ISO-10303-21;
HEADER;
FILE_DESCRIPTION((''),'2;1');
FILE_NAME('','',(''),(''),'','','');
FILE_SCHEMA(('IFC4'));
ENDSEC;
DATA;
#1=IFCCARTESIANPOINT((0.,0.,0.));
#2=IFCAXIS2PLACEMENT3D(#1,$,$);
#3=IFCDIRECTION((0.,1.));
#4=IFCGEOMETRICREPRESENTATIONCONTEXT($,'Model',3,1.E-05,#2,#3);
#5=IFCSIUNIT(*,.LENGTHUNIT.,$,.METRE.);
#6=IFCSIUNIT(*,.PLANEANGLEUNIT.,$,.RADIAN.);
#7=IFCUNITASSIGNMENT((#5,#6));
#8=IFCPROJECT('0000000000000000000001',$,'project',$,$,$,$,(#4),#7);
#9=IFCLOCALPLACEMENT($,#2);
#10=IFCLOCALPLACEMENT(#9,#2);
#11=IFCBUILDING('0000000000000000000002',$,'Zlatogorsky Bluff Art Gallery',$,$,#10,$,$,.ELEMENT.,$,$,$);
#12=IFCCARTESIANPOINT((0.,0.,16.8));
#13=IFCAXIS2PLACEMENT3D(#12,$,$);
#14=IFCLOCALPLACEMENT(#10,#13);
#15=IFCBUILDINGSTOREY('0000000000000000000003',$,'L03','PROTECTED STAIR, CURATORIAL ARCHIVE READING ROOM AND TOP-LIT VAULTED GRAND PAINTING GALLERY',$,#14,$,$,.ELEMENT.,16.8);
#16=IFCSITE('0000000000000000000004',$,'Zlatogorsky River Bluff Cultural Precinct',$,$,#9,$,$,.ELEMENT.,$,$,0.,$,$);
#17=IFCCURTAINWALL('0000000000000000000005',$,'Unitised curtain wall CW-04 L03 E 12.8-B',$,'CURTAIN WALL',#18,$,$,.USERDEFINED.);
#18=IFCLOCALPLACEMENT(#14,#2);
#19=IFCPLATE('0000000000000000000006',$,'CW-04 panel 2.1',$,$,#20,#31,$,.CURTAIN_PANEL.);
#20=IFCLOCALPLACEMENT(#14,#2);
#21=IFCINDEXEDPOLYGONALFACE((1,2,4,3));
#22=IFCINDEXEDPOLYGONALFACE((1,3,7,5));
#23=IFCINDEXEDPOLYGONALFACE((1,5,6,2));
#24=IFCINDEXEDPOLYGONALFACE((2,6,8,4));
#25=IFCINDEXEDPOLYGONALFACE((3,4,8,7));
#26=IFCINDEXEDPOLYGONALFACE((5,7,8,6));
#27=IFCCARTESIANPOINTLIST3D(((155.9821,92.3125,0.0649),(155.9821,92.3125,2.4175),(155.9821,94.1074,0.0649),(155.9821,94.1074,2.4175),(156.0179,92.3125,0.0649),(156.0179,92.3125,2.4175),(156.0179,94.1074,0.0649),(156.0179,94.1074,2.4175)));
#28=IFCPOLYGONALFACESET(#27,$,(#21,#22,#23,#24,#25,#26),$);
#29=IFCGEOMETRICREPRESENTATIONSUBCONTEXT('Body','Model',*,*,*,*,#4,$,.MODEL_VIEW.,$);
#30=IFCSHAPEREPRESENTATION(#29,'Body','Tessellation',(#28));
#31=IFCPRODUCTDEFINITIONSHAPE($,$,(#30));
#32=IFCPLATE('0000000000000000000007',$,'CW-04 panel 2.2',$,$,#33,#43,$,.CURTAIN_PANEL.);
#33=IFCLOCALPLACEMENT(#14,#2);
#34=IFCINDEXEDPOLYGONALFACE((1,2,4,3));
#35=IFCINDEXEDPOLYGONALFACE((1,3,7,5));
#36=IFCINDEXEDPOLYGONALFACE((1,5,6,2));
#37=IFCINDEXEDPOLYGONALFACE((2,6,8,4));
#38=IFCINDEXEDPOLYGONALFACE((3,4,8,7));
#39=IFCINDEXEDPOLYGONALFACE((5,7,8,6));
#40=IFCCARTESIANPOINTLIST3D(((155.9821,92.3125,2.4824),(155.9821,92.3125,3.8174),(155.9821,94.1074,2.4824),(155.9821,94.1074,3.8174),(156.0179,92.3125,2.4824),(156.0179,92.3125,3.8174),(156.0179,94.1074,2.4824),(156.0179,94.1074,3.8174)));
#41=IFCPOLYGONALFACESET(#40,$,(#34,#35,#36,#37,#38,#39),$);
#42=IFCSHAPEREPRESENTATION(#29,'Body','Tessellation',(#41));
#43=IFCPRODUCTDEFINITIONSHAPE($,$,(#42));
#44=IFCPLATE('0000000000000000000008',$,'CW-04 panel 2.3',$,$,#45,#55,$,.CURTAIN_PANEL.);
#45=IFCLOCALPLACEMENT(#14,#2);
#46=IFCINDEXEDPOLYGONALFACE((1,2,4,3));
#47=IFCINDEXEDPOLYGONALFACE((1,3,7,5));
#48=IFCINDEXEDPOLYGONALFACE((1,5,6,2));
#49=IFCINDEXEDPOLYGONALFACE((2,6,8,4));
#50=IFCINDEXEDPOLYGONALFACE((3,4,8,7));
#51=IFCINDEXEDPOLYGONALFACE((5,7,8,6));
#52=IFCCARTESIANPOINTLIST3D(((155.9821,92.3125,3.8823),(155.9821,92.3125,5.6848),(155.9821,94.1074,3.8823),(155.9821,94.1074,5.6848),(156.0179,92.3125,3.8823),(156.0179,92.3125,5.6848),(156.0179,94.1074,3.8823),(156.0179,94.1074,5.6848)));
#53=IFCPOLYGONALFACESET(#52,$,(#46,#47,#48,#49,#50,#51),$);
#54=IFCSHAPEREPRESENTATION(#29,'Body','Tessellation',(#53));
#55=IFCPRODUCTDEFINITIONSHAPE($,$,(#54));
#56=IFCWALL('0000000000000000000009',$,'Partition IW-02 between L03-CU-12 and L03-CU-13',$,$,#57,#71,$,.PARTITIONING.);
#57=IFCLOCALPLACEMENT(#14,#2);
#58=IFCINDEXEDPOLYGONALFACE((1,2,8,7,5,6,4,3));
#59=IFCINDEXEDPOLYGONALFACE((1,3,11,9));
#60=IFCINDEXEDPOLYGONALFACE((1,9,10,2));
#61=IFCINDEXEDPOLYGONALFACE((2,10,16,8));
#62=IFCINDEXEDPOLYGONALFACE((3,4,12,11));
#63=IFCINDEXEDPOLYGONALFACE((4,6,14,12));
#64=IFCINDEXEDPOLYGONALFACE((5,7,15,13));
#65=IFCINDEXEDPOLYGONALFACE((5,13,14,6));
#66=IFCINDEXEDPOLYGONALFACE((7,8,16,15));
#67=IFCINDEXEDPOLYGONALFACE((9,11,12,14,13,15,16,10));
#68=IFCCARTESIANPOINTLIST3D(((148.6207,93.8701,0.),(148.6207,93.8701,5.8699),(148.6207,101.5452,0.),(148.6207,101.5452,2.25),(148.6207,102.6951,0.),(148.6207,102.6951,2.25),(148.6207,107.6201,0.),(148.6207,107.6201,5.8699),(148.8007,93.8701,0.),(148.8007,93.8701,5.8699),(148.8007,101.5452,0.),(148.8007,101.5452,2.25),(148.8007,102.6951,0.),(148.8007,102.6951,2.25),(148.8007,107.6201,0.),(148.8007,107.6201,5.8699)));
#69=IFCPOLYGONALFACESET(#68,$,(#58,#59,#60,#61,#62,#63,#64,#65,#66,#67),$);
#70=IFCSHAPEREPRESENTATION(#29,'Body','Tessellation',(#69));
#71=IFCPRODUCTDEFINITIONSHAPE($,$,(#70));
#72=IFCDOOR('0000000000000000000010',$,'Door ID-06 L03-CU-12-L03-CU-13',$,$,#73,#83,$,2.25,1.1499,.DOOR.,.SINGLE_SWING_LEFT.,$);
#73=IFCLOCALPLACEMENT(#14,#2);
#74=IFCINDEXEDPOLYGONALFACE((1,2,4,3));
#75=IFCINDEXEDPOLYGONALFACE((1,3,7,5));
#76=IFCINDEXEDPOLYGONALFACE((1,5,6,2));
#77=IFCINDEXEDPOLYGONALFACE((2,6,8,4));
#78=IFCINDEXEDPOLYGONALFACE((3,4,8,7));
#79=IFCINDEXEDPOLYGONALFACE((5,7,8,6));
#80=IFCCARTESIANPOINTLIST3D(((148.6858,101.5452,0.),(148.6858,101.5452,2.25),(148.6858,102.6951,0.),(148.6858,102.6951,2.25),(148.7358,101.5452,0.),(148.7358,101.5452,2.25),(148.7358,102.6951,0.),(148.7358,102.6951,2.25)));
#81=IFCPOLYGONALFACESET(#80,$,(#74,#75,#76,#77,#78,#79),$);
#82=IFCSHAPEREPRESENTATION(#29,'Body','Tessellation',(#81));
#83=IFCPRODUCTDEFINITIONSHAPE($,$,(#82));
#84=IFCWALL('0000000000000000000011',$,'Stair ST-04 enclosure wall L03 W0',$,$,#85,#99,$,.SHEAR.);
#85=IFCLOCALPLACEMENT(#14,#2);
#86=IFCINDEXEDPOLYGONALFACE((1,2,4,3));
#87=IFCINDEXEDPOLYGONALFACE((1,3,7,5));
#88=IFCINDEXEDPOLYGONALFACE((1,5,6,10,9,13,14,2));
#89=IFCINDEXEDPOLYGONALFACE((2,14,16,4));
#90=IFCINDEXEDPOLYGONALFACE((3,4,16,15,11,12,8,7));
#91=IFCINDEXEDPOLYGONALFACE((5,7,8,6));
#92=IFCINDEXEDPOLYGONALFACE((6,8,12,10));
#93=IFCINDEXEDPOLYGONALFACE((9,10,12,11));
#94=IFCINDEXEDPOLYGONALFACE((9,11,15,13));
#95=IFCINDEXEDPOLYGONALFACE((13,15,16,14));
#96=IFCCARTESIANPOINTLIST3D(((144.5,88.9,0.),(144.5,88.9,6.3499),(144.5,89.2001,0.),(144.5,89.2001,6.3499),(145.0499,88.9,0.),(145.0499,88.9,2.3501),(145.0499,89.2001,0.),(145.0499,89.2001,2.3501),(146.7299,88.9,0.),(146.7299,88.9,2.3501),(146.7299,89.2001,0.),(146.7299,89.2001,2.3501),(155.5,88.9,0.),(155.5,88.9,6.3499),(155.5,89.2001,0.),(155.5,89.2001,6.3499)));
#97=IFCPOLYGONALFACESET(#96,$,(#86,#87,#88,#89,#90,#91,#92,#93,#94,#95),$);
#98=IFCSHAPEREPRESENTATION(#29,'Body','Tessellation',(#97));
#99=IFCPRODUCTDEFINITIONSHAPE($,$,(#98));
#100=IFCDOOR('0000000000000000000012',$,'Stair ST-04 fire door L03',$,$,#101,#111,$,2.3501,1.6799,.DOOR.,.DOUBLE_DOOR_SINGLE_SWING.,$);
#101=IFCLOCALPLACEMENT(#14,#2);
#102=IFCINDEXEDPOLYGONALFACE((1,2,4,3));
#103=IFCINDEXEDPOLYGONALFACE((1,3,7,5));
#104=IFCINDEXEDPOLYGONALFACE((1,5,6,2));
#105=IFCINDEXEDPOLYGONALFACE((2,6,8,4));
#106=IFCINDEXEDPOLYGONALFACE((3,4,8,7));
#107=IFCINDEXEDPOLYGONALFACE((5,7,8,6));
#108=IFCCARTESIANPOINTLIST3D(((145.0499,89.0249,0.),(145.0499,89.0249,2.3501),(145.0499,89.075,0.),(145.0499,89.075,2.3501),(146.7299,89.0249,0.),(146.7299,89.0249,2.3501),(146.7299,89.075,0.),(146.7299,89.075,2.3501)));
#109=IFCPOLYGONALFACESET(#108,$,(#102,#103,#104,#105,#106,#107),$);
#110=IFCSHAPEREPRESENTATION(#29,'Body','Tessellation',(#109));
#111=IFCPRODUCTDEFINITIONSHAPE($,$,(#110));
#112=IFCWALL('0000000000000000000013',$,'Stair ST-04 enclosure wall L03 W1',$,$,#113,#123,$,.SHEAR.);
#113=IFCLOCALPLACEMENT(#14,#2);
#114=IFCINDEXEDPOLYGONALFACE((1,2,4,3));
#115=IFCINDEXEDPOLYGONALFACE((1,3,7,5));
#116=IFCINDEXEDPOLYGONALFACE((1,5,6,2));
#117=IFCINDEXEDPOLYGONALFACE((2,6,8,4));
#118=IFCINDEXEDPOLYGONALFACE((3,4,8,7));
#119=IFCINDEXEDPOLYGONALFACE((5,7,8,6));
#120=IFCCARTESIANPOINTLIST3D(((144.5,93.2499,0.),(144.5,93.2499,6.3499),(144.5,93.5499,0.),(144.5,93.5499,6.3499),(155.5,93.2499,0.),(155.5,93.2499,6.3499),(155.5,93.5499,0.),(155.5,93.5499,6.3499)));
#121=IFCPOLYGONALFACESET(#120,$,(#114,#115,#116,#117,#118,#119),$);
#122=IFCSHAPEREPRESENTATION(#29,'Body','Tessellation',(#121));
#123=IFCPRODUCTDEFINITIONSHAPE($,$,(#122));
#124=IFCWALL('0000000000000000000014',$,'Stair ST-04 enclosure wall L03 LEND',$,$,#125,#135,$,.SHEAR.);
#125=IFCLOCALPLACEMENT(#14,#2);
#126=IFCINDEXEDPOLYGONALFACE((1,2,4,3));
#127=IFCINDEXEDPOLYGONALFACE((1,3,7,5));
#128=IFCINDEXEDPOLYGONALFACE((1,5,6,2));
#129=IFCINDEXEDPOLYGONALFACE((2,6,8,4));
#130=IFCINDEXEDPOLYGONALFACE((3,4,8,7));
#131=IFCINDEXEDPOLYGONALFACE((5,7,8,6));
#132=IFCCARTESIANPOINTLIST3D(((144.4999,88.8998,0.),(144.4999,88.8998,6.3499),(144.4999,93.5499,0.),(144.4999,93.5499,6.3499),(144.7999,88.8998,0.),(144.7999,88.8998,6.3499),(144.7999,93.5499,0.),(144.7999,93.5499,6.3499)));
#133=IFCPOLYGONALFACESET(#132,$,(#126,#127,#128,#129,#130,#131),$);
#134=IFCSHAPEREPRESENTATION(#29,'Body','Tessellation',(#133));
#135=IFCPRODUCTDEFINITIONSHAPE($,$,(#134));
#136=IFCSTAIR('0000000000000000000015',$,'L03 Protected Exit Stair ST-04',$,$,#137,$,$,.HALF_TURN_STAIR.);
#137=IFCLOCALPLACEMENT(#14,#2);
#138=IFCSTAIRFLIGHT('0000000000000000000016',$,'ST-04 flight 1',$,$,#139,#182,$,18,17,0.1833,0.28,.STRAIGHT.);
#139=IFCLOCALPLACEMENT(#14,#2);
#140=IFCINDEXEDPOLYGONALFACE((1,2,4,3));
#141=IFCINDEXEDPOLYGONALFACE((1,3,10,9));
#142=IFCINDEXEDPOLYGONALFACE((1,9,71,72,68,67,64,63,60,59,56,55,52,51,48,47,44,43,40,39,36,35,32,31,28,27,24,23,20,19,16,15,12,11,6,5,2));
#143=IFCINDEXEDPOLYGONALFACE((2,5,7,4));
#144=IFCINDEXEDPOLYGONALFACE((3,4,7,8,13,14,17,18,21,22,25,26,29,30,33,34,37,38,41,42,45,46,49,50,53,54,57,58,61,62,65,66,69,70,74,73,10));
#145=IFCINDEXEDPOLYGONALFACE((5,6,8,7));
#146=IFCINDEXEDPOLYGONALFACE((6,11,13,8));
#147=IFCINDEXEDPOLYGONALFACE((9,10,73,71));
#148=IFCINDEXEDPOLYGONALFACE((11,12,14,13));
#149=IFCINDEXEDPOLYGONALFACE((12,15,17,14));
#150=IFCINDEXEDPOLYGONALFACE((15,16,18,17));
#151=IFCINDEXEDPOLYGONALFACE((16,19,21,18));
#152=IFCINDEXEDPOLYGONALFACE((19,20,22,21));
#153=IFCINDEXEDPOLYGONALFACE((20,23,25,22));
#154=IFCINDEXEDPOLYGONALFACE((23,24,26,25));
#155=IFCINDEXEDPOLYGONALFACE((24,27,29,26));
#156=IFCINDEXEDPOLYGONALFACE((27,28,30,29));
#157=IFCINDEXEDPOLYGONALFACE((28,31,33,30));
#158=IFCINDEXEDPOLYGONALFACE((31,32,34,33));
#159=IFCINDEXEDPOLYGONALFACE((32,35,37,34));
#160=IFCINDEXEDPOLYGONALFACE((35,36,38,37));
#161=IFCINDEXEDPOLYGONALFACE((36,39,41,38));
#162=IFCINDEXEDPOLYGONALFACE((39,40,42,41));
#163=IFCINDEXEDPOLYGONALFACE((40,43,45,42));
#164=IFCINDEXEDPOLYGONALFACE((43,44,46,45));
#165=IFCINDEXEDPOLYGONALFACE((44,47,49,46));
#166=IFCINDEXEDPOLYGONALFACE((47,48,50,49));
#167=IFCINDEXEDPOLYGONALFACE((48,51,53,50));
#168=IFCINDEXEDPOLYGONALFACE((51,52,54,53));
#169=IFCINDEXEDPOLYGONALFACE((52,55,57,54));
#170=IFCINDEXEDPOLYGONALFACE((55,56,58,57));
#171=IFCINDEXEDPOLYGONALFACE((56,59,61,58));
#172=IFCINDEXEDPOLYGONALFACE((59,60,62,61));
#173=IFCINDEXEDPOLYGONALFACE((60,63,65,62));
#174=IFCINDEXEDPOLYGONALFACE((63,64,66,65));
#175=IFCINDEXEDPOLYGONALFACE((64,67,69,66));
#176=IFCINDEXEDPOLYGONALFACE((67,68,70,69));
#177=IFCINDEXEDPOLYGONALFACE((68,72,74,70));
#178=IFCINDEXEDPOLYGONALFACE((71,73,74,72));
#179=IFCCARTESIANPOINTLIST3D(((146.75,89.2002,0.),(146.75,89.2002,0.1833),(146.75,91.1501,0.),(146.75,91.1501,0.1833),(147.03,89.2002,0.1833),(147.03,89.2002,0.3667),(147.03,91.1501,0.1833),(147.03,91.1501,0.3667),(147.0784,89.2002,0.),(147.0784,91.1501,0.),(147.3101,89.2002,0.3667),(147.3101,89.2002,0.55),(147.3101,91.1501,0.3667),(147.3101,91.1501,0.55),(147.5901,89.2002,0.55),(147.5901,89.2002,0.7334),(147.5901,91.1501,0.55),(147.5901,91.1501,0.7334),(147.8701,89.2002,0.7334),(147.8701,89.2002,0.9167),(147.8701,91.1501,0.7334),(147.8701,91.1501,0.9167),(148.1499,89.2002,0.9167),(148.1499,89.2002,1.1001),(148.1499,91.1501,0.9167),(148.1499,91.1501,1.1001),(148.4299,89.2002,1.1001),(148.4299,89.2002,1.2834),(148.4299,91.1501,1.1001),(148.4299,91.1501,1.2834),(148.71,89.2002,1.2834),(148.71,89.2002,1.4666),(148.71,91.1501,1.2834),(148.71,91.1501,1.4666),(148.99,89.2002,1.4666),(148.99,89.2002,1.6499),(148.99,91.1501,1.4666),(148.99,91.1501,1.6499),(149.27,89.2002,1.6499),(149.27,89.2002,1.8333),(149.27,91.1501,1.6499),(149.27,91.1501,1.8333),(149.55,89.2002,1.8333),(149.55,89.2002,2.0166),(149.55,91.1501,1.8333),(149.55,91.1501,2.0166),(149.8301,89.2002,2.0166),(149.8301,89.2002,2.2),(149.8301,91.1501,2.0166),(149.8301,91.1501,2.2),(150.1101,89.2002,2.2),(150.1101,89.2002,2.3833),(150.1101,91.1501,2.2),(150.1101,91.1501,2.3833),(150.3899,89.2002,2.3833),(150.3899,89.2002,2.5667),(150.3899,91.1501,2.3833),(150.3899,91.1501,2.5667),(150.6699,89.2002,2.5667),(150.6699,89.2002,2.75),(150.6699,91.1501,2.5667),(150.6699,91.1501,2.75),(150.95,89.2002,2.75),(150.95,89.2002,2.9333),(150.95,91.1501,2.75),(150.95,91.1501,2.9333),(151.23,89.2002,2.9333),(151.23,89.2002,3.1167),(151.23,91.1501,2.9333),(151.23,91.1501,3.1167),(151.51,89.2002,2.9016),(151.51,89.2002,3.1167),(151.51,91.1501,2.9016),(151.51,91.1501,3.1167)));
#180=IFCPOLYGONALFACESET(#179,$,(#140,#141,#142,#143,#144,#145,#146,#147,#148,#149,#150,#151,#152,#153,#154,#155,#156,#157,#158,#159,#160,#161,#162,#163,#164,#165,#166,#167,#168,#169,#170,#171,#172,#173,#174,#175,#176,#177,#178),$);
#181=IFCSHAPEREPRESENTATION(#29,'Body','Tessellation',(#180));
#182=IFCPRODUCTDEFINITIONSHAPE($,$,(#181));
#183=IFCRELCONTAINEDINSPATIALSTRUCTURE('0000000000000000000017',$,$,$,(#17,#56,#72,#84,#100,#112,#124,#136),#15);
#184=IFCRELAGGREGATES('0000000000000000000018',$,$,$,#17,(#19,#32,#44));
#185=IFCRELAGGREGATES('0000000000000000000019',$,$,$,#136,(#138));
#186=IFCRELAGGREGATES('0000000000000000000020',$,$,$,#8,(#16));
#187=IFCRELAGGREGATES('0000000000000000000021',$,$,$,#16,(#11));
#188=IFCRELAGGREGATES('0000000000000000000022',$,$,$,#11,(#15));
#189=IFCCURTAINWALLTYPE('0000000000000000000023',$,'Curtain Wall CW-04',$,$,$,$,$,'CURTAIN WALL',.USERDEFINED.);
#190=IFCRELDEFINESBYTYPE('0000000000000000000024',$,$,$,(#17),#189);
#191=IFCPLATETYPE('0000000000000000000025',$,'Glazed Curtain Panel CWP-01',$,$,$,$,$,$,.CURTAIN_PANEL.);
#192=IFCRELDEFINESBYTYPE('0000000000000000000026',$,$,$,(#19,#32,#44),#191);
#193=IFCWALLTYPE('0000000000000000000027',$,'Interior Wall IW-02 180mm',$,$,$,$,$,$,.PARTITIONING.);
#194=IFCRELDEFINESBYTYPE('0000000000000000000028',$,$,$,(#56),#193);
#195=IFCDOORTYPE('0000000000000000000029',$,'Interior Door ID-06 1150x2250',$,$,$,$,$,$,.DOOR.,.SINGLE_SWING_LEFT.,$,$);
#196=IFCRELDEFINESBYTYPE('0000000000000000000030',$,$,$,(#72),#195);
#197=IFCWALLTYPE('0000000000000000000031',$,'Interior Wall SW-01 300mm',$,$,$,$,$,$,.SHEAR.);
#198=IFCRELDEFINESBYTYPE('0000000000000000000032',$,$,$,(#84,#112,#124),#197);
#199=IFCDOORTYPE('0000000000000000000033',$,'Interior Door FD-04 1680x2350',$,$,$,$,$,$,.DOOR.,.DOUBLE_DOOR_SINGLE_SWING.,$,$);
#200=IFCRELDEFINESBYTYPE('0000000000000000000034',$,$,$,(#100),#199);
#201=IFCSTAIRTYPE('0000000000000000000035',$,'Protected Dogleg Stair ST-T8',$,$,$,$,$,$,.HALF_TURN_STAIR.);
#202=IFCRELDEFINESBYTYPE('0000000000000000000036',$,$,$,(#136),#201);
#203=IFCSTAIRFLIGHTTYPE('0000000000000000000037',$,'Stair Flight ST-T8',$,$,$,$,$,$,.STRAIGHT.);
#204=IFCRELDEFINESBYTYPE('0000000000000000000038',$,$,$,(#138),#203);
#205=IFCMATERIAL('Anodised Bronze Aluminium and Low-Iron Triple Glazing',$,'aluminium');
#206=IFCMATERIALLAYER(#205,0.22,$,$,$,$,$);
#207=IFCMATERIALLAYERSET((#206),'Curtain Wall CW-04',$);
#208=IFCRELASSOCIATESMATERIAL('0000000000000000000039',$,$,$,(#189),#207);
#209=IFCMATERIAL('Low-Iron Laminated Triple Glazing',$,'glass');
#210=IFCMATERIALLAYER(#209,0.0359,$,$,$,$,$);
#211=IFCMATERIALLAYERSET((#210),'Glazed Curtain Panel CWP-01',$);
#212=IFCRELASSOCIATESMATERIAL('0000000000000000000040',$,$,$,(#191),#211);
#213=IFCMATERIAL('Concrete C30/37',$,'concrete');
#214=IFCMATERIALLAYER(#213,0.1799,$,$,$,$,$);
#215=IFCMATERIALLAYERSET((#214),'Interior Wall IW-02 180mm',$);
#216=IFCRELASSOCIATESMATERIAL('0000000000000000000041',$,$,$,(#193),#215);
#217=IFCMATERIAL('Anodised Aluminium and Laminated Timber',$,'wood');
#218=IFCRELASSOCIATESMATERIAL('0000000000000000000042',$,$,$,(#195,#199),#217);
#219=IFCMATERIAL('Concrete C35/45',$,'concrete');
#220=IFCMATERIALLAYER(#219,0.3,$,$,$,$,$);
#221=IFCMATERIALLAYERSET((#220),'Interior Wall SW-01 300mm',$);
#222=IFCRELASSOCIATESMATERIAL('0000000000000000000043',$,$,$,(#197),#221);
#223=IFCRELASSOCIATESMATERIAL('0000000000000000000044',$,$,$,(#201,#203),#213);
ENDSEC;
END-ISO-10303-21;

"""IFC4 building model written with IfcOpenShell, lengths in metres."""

from ifc_helpers import new_model, si_unit, direction, frame, frame_2d, origin, origin_2d, place, context, subcontext, project, spatial, polyline, rectangle, outline, extrude, material, layer, layer_set, type_object, element, fill, aggregate, save


model = new_model("IFC4")

# Units and contexts
model_context = context("Model", 3, precision=1e-05, world=origin(), true_north=direction((0.0, 1.0)))
body_context = subcontext(model_context, "Body", "Model", "MODEL_VIEW")
ifc_project = project(units=[si_unit("LENGTHUNIT", "METRE"), si_unit("PLANEANGLEUNIT", "RADIAN")], contexts=[model_context])

# Site, building, storey
site_placement = place(None, origin())
site = spatial("IfcSite", under=ifc_project, at=site_placement, Name="Zlatogorsky River Bluff Cultural Precinct", CompositionType="ELEMENT", RefElevation=0.0)
building_placement = place(site_placement, origin())
building = spatial("IfcBuilding", under=site, at=building_placement, Name="Zlatogorsky Bluff Art Gallery", CompositionType="ELEMENT")
storey_placement = place(building_placement, frame((0.0, 0.0, 16.8)))
storey = spatial("IfcBuildingStorey", under=building, at=storey_placement, Name="L03", Description="PROTECTED STAIR, CURATORIAL ARCHIVE READING ROOM AND TOP-LIT VAULTED GRAND PAINTING GALLERY", CompositionType="ELEMENT", Elevation=16.8)

# Shared definitions
ifc_material_1 = material(Name="Anodised Bronze Aluminium and Low-Iron Triple Glazing", Category="aluminium")
ifc_layer_1 = layer(ifc_material_1, 0.22)
ifc_layer_set_1 = layer_set([ifc_layer_1], Name="Curtain Wall CW-04")
curtain_wall_type = type_object("IfcCurtainWallType", Name="Curtain Wall CW-04", ElementType="CURTAIN WALL", PredefinedType="USERDEFINED", material=ifc_layer_set_1)

# Curtain wall, plates
curtain_wall_1_placement = place(storey_placement, origin())
curtain_wall_1 = element("IfcCurtainWall", 1, at=curtain_wall_1_placement, inside=storey, type_object=curtain_wall_type, Name="Unitised curtain wall CW-04 L03 E 12.8-B", ObjectType="CURTAIN WALL", PredefinedType="USERDEFINED")
ifc_material_2 = material(Name="Low-Iron Laminated Triple Glazing", Category="glass")
ifc_layer_2 = layer(ifc_material_2, 0.0359)
ifc_layer_set_2 = layer_set([ifc_layer_2], Name="Glazed Curtain Panel CWP-01")
plate_type = type_object("IfcPlateType", Name="Glazed Curtain Panel CWP-01", PredefinedType="CURTAIN_PANEL", material=ifc_layer_set_2)
plate_1_placement = place(storey_placement, frame((156.0, 93.21, 0.0649), z_axis=(0.0, 0.0, 1.0), x_axis=(0.0, 1.0, 0.0)))
plate_1 = element("IfcPlate", 2, at=plate_1_placement, type_object=plate_type, Name="CW-04 panel 2.1", PredefinedType="CURTAIN_PANEL", context=body_context, shape_type="SweptSolid", body=[
    extrude(rectangle(XDim=1.7949, YDim=0.0359, at=origin_2d()), origin(), (0.0, 0.0, 1.0), 2.3525),
])
plate_2_placement = place(storey_placement, frame((156.0, 93.21, 2.4824), z_axis=(0.0, 0.0, 1.0), x_axis=(0.0, 1.0, 0.0)))
plate_2 = element("IfcPlate", 3, at=plate_2_placement, type_object=plate_type, Name="CW-04 panel 2.2", PredefinedType="CURTAIN_PANEL", context=body_context, shape_type="SweptSolid", body=[
    extrude(rectangle(XDim=1.7949, YDim=0.0359, at=origin_2d()), origin(), (0.0, 0.0, 1.0), 1.335),
])
plate_3_placement = place(storey_placement, frame((156.0, 93.21, 3.8823), z_axis=(0.0, 0.0, 1.0), x_axis=(0.0, 1.0, 0.0)))
plate_3 = element("IfcPlate", 4, at=plate_3_placement, type_object=plate_type, Name="CW-04 panel 2.3", PredefinedType="CURTAIN_PANEL", context=body_context, shape_type="SweptSolid", body=[
    extrude(rectangle(XDim=1.7949, YDim=0.0359, at=origin_2d()), origin(), (0.0, 0.0, 1.0), 1.8025),
])
aggregate(curtain_wall_1, [plate_1, plate_2, plate_3])

# Walls, openings, doors
ifc_material_3 = material(Name="Concrete C30/37", Category="concrete")
ifc_layer_3 = layer(ifc_material_3, 0.1799)
ifc_layer_set_3 = layer_set([ifc_layer_3], Name="Interior Wall IW-02 180mm")
wall_type_1 = type_object("IfcWallType", Name="Interior Wall IW-02 180mm", PredefinedType="PARTITIONING", material=ifc_layer_set_3)
wall_1_placement = place(storey_placement, frame((148.7107, 93.8701, 0.0), z_axis=(0.0, 0.0, 1.0), x_axis=(0.0, 1.0, 0.0)))
wall_1 = element("IfcWall", 5, at=wall_1_placement, inside=storey, type_object=wall_type_1, Name="Partition IW-02 between L03-CU-12 and L03-CU-13", PredefinedType="PARTITIONING", context=body_context, shape_type="SweptSolid", body=[
    extrude(rectangle(XDim=13.75, YDim=0.1799, at=frame_2d((6.875, 0.0))), origin(), (0.0, 0.0, 1.0), 5.8699),
])
opening_1_placement = place(wall_1_placement, frame((7.675, 0.0, 0.0)))
opening_1 = element("IfcOpeningElement", 6, at=opening_1_placement, cuts=wall_1, PredefinedType="OPENING", context=body_context, shape_type="SweptSolid", body=[
    extrude(rectangle(XDim=1.1499, YDim=2.25, at=frame_2d((0.575, 1.125))), frame((0.0, 0.0999, 0.0), z_axis=(0.0, -1.0, 0.0), x_axis=(1.0, 0.0, 0.0)), (0.0, 0.0, 1.0), 0.2),
])
ifc_material_4 = material(Name="Anodised Aluminium and Laminated Timber", Category="wood")
door_type_1 = type_object("IfcDoorType", Name="Interior Door ID-06 1150x2250", OperationType="SINGLE_SWING_LEFT", PredefinedType="DOOR", material=ifc_material_4)
door_1_placement = place(opening_1_placement, origin())
door_1 = element("IfcDoor", 7, at=door_1_placement, inside=storey, type_object=door_type_1, Name="Door ID-06 L03-CU-12-L03-CU-13", OperationType="SINGLE_SWING_LEFT", OverallHeight=2.25, OverallWidth=1.1499, PredefinedType="DOOR", context=body_context, shape_type="SweptSolid", body=[
    extrude(rectangle(XDim=1.1499, YDim=2.25, at=frame_2d((0.575, 1.125))), frame((0.0, 0.0249, 0.0), z_axis=(0.0, -1.0, 0.0), x_axis=(1.0, 0.0, 0.0)), (0.0, 0.0, 1.0), 0.05),
])
fill(opening_1, door_1)
ifc_material_5 = material(Name="Concrete C35/45", Category="concrete")
ifc_layer_4 = layer(ifc_material_5, 0.3)
ifc_layer_set_4 = layer_set([ifc_layer_4], Name="Interior Wall SW-01 300mm")
wall_type_2 = type_object("IfcWallType", Name="Interior Wall SW-01 300mm", PredefinedType="SHEAR", material=ifc_layer_set_4)
wall_2_placement = place(storey_placement, frame((144.5, 89.05, 0.0), z_axis=(0.0, 0.0, 1.0), x_axis=(1.0, 0.0, 0.0)))
wall_2 = element("IfcWall", 8, at=wall_2_placement, inside=storey, type_object=wall_type_2, Name="Stair ST-04 enclosure wall L03 W0", PredefinedType="SHEAR", context=body_context, shape_type="SweptSolid", body=[
    extrude(rectangle(XDim=11.0, YDim=0.3, at=frame_2d((5.5, 0.0))), origin(), (0.0, 0.0, 1.0), 6.3499),
])
opening_2_placement = place(wall_2_placement, frame((0.55, 0.0, 0.0)))
opening_2 = element("IfcOpeningElement", 9, at=opening_2_placement, cuts=wall_2, PredefinedType="OPENING", context=body_context, shape_type="SweptSolid", body=[
    extrude(rectangle(XDim=1.6799, YDim=2.3501, at=frame_2d((0.8398, 1.175))), frame((0.0, 0.1599, 0.0), z_axis=(0.0, -1.0, 0.0), x_axis=(1.0, 0.0, 0.0)), (0.0, 0.0, 1.0), 0.3201),
])
door_type_2 = type_object("IfcDoorType", Name="Interior Door FD-04 1680x2350", OperationType="DOUBLE_DOOR_SINGLE_SWING", PredefinedType="DOOR", material=ifc_material_4)
door_2_placement = place(opening_2_placement, origin())
door_2 = element("IfcDoor", 10, at=door_2_placement, inside=storey, type_object=door_type_2, Name="Stair ST-04 fire door L03", OperationType="DOUBLE_DOOR_SINGLE_SWING", OverallHeight=2.3501, OverallWidth=1.6799, PredefinedType="DOOR", context=body_context, shape_type="SweptSolid", body=[
    extrude(rectangle(XDim=1.6799, YDim=2.3501, at=frame_2d((0.8398, 1.175))), frame((0.0, 0.0249, 0.0), z_axis=(0.0, -1.0, 0.0), x_axis=(1.0, 0.0, 0.0)), (0.0, 0.0, 1.0), 0.05),
])
fill(opening_2, door_2)

# Walls
wall_3_placement = place(storey_placement, frame((155.5, 93.3999, 0.0), z_axis=(0.0, 0.0, 1.0), x_axis=(-1.0, 0.0, 0.0)))
element("IfcWall", 11, at=wall_3_placement, inside=storey, type_object=wall_type_2, Name="Stair ST-04 enclosure wall L03 W1", PredefinedType="SHEAR", context=body_context, shape_type="SweptSolid", body=[
    extrude(rectangle(XDim=11.0, YDim=0.3, at=frame_2d((5.5, 0.0))), origin(), (0.0, 0.0, 1.0), 6.3499),
])
wall_4_placement = place(storey_placement, frame((144.6499, 93.55, 0.0), z_axis=(0.0, 0.0, 1.0), x_axis=(0.0, -1.0, 0.0)))
element("IfcWall", 12, at=wall_4_placement, inside=storey, type_object=wall_type_2, Name="Stair ST-04 enclosure wall L03 LEND", PredefinedType="SHEAR", context=body_context, shape_type="SweptSolid", body=[
    extrude(rectangle(XDim=4.6501, YDim=0.3, at=frame_2d((2.3252, 0.0))), origin(), (0.0, 0.0, 1.0), 6.3499),
])

# Stair, stair flight
stair_type = type_object("IfcStairType", Name="Protected Dogleg Stair ST-T8", PredefinedType="HALF_TURN_STAIR", material=ifc_material_3)
stair_placement = place(storey_placement, origin())
stair = element("IfcStair", 13, at=stair_placement, inside=storey, type_object=stair_type, Name="L03 Protected Exit Stair ST-04", PredefinedType="HALF_TURN_STAIR")
stair_flight_type = type_object("IfcStairFlightType", Name="Stair Flight ST-T8", PredefinedType="STRAIGHT", material=ifc_material_3)
stair_flight_1_placement = place(storey_placement, frame((146.75, 90.175, 0.0), z_axis=(0.0, 0.0, 1.0), x_axis=(1.0, 0.0, 0.0)))
stair_flight_1 = element("IfcStairFlight", 14, at=stair_flight_1_placement, type_object=stair_flight_type, Name="ST-04 flight 1", NumberOfRisers=18, NumberOfTreads=17, PredefinedType="STRAIGHT", RiserHeight=0.1833, TreadLength=0.28, context=body_context, shape_type="SweptSolid", body=[
    extrude(outline(polyline([(0.0, 0.0), (0.0, 0.1833), (0.28, 0.1833), (0.28, 0.3667), (0.5601, 0.3667), (0.5601, 0.55), (0.8401, 0.55), (0.8401, 0.7334), (1.1201, 0.7334), (1.1201, 0.9167), (1.3999, 0.9167), (1.3999, 1.1001), (1.6799, 1.1001), (1.6799, 1.2834), (1.96, 1.2834), (1.96, 1.4666), (2.24, 1.4666), (2.24, 1.6499), (2.52, 1.6499), (2.52, 1.8333), (2.8, 1.8333), (2.8, 2.0166), (3.0801, 2.0166), (3.0801, 2.2), (3.3601, 2.2), (3.3601, 2.3833), (3.6399, 2.3833), (3.6399, 2.5667), (3.9199, 2.5667), (3.9199, 2.75), (4.2, 2.75), (4.2, 2.9333), (4.48, 2.9333), (4.48, 3.1167), (4.76, 3.1167), (4.76, 3.3), (4.76, 2.9016), (0.3284, 0.0), (0.0, 0.0)])), frame((0.0, 0.9751, 0.0), z_axis=(0.0, -1.0, 0.0), x_axis=(1.0, 0.0, 0.0)), (0.0, 0.0, 1.0), 1.95),
])
aggregate(stair, [stair_flight_1])

save(model, "model.ifc")
